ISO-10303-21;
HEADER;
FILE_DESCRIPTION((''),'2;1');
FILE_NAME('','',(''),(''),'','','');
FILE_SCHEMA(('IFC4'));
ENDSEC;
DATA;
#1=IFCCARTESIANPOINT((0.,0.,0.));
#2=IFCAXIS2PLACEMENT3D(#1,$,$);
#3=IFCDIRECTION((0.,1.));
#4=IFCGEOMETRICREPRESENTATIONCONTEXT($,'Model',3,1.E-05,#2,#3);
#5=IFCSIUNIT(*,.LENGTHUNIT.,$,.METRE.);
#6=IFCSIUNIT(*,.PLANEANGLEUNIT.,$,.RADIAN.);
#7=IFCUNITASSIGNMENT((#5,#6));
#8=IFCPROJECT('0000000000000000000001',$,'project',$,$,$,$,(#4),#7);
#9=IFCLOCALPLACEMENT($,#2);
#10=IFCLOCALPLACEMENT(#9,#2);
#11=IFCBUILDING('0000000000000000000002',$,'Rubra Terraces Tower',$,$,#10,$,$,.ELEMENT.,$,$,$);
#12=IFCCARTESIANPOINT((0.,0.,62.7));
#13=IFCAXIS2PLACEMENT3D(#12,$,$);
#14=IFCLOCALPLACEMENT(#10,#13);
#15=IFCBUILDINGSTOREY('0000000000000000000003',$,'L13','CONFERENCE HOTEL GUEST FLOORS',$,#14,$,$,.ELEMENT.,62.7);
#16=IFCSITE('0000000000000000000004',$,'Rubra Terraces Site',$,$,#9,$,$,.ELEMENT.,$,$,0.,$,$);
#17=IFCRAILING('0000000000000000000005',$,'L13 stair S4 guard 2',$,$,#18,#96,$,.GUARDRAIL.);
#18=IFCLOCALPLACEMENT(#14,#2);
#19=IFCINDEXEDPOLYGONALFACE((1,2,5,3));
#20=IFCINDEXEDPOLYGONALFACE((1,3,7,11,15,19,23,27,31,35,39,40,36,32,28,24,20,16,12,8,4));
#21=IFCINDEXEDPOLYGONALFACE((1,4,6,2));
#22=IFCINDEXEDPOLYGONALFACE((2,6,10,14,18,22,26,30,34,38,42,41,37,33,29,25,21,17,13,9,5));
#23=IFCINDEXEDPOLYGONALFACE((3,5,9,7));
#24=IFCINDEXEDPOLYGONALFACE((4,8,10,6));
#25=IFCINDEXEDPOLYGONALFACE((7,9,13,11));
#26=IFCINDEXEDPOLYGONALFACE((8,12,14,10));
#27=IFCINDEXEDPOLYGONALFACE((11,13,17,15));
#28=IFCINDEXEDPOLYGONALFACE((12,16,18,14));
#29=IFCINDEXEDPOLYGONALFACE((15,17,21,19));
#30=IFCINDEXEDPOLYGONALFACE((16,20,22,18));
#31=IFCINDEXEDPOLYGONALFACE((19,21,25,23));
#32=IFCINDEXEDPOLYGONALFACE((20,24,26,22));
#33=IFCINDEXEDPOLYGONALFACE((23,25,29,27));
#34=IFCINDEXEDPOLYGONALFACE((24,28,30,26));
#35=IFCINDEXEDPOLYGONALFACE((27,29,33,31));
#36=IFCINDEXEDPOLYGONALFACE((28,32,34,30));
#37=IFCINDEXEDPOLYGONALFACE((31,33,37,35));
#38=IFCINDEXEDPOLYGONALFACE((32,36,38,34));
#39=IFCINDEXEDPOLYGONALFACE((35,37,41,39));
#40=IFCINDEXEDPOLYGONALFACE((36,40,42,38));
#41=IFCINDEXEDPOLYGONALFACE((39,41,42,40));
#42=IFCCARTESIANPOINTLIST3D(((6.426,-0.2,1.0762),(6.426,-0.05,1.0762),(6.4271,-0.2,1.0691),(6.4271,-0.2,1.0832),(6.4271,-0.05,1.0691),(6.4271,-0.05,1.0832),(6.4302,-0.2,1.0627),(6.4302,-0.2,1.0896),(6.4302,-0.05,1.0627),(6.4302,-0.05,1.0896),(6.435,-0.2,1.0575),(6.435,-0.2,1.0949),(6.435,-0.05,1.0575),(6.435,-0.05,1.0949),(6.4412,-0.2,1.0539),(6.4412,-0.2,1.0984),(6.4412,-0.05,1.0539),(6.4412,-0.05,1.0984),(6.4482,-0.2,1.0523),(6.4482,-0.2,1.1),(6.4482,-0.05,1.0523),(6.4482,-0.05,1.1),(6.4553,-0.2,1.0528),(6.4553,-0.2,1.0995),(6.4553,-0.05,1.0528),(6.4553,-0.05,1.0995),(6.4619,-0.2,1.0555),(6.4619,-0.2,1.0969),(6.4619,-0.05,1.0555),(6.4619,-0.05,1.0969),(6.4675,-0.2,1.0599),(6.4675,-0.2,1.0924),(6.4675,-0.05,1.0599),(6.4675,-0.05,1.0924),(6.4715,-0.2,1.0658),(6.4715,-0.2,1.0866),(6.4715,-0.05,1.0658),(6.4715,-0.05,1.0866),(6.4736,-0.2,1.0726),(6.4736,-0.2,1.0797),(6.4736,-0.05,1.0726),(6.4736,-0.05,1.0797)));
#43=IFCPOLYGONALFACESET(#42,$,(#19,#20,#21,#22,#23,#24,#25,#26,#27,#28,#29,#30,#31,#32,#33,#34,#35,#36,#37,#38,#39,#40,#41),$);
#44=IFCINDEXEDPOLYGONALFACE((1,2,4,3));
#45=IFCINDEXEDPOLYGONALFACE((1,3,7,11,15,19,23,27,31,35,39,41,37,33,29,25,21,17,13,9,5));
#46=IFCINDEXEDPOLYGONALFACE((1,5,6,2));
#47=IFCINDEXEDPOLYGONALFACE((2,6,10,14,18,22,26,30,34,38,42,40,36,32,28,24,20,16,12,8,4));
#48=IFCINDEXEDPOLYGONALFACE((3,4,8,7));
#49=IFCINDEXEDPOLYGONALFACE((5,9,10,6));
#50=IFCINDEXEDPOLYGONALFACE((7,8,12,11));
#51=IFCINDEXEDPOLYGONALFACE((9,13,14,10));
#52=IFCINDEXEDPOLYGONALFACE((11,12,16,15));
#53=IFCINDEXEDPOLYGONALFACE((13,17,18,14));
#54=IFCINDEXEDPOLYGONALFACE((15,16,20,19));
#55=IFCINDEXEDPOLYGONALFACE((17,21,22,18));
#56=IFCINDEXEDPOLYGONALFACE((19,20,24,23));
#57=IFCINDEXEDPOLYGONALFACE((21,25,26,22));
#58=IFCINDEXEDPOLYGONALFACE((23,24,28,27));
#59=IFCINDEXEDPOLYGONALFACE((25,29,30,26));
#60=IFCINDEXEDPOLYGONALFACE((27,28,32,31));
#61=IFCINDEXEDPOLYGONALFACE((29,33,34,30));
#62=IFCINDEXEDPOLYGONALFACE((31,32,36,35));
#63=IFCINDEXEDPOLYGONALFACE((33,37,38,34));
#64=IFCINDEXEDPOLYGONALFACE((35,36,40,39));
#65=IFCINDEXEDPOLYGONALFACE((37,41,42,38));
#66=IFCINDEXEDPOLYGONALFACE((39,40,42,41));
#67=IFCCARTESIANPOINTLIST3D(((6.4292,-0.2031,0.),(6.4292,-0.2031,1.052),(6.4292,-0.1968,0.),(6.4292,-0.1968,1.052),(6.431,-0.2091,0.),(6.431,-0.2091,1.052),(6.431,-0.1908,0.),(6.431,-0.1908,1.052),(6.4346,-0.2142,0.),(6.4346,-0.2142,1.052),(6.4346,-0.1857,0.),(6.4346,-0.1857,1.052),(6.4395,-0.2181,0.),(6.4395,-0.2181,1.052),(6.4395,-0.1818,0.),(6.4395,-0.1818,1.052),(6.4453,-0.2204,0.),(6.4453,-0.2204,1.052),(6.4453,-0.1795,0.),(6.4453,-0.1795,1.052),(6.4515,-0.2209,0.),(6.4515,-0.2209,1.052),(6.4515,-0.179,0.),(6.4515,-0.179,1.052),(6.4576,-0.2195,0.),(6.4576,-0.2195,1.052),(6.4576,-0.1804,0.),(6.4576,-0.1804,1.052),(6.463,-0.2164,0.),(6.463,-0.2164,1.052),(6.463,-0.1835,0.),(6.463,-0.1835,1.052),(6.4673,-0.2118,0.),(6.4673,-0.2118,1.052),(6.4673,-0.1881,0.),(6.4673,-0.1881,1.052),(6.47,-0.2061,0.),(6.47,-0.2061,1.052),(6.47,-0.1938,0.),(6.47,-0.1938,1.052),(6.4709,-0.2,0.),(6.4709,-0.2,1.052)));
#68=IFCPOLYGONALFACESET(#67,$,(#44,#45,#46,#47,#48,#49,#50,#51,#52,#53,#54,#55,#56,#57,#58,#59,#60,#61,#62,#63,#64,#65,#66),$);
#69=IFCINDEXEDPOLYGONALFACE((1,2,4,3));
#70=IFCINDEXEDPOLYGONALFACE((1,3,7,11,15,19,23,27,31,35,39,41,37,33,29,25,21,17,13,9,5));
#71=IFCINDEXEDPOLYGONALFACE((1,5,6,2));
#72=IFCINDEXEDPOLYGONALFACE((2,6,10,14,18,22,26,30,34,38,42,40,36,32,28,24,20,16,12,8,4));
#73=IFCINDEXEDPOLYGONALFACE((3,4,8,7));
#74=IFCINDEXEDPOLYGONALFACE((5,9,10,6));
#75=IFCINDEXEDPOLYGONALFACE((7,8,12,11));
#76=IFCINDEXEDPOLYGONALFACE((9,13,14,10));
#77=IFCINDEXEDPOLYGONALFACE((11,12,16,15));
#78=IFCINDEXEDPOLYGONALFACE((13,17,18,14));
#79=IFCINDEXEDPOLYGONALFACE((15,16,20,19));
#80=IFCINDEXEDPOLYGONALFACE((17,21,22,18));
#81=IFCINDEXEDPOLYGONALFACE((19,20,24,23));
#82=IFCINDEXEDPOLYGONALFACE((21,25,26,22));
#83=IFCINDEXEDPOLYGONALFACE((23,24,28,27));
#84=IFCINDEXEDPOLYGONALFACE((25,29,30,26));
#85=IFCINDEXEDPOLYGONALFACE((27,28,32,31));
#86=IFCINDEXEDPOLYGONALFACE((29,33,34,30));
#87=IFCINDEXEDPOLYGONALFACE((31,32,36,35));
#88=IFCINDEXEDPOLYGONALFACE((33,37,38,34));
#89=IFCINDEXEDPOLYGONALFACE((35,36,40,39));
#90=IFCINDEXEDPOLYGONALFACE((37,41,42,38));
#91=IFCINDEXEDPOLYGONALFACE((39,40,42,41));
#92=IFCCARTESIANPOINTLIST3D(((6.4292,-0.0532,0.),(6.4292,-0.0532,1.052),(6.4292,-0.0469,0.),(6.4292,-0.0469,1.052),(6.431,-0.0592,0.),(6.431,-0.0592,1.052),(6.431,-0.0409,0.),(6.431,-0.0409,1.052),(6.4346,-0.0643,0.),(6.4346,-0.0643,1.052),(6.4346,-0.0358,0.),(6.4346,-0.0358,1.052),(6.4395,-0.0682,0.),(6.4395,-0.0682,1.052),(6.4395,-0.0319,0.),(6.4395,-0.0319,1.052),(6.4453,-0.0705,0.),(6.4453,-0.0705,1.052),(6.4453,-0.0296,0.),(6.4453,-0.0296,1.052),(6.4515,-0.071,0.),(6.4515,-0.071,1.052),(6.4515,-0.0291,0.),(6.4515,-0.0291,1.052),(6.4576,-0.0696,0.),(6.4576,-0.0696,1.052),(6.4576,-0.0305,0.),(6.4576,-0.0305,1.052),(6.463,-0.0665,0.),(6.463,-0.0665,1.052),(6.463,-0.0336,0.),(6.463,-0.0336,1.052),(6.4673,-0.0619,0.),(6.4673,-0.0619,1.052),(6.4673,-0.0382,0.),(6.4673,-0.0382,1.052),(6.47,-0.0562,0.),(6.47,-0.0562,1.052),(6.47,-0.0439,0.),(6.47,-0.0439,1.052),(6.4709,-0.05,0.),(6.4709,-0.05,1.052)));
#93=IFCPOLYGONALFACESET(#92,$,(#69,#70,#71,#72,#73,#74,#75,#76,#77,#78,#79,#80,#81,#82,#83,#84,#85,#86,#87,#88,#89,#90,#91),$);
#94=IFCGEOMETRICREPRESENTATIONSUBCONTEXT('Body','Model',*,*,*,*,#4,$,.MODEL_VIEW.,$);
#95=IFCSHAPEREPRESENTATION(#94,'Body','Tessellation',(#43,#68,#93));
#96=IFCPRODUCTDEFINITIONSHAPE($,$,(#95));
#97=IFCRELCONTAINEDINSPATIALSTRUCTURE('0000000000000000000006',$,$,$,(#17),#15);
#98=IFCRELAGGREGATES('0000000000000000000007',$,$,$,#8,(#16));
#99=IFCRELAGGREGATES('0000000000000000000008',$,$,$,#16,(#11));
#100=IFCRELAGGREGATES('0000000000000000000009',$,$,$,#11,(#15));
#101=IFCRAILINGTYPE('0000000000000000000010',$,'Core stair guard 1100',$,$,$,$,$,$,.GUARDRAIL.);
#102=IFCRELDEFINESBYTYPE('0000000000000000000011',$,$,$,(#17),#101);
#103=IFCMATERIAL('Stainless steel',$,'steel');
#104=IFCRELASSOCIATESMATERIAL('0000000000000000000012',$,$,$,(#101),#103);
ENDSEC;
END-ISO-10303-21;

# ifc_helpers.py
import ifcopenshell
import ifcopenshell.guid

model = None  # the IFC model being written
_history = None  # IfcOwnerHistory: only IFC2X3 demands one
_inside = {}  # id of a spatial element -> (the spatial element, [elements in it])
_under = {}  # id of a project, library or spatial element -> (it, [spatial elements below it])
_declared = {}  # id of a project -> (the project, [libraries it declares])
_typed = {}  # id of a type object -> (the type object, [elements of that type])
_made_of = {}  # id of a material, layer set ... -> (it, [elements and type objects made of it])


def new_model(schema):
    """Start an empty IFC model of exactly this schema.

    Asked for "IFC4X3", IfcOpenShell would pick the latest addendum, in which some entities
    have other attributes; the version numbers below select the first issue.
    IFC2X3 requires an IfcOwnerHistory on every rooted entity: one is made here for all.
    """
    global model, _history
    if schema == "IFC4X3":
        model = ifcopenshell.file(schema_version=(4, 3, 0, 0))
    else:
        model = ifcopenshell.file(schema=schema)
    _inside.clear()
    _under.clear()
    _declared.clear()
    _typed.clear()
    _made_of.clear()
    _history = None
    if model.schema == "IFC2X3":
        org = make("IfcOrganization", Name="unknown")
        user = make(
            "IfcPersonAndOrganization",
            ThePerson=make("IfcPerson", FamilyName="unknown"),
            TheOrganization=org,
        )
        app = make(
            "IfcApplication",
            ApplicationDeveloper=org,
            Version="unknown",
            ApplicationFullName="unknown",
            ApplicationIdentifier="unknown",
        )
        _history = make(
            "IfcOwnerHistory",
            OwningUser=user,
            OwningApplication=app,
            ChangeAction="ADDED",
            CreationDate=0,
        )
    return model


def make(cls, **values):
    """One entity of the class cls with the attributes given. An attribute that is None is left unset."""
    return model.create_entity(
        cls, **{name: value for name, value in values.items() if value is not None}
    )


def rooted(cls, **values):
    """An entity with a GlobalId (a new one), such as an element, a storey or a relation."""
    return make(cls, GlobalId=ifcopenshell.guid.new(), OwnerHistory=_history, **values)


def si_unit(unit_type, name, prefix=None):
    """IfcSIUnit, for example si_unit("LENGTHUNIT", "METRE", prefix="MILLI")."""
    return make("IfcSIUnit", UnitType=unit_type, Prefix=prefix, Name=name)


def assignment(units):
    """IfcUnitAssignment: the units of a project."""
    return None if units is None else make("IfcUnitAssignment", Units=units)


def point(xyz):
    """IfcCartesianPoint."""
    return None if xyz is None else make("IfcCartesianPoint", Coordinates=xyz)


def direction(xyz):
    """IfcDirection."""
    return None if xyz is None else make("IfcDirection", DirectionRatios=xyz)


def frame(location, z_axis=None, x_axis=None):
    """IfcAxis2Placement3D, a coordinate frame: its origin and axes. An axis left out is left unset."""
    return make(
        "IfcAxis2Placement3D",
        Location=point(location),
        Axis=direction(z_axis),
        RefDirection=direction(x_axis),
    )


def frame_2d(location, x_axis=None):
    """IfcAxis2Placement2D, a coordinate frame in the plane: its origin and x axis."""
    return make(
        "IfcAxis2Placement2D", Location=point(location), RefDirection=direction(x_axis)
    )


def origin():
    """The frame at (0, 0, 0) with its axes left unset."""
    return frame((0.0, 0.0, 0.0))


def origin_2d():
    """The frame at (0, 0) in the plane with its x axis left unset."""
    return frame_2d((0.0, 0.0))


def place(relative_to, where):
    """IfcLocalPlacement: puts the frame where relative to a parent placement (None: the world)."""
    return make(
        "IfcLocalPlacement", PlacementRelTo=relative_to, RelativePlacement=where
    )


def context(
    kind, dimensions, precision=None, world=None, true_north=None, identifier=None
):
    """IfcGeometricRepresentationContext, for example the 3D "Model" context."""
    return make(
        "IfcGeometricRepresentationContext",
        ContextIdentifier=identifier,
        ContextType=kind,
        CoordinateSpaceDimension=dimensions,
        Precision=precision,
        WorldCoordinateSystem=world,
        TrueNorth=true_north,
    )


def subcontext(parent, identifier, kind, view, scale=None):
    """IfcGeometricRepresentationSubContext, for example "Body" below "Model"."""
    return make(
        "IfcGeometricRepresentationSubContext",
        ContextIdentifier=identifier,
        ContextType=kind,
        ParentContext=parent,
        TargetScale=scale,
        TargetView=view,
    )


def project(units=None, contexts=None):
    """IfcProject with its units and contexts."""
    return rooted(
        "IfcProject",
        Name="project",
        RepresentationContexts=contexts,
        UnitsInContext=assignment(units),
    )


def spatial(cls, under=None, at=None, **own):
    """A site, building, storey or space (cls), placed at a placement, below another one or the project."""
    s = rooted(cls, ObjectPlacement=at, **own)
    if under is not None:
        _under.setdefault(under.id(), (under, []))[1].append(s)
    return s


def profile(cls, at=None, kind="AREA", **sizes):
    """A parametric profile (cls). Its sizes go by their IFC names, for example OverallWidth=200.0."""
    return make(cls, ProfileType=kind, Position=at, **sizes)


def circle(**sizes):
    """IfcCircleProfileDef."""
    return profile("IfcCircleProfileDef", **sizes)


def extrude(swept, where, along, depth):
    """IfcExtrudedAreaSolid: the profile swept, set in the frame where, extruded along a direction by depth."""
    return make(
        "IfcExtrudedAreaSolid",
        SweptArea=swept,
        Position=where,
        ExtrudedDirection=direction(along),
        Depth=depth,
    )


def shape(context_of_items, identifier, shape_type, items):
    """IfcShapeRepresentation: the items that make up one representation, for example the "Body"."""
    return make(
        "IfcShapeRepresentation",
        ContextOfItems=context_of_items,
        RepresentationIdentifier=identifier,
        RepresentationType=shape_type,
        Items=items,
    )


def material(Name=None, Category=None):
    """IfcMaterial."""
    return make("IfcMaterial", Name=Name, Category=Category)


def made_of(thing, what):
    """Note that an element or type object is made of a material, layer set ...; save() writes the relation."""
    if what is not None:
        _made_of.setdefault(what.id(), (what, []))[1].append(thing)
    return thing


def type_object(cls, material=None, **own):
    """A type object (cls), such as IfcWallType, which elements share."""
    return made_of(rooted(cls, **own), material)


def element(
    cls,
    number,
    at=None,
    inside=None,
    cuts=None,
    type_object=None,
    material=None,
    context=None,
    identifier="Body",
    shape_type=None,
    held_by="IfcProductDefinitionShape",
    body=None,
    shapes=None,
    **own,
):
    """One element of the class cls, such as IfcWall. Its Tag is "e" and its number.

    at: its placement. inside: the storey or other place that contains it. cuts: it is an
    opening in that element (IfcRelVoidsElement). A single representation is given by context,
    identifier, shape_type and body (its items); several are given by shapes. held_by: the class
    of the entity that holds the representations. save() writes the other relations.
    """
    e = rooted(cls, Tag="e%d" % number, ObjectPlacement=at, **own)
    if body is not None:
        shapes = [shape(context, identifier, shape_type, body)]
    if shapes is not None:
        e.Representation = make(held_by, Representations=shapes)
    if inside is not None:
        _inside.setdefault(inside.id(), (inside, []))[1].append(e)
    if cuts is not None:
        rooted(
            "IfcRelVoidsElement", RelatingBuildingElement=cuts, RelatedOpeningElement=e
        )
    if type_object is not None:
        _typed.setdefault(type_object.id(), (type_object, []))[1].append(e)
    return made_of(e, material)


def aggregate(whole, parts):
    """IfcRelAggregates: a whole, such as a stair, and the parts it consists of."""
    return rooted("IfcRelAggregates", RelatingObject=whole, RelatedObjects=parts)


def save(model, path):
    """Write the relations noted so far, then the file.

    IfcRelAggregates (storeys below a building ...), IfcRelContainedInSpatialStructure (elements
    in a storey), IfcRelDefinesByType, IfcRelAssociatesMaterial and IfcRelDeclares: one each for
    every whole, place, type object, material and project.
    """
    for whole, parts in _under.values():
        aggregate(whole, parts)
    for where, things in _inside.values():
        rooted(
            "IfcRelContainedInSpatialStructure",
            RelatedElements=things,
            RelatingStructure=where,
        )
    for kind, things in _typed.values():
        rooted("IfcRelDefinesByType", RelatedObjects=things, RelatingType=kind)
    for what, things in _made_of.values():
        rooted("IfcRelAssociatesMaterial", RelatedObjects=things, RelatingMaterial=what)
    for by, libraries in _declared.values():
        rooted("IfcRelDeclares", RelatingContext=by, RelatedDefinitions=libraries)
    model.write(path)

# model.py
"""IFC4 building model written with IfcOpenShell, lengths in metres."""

from ifc_helpers import new_model, si_unit, direction, frame, origin, origin_2d, place, context, subcontext, project, spatial, circle, extrude, material, type_object, element, save


model = new_model("IFC4")

# Units and contexts
model_context = context("Model", 3, precision=1e-05, world=origin(), true_north=direction((0.0, 1.0)))
body_context = subcontext(model_context, "Body", "Model", "MODEL_VIEW")
ifc_project = project(units=[si_unit("LENGTHUNIT", "METRE"), si_unit("PLANEANGLEUNIT", "RADIAN")], contexts=[model_context])

# Site, building, storey
site_placement = place(None, origin())
site = spatial("IfcSite", under=ifc_project, at=site_placement, Name="Rubra Terraces Site", CompositionType="ELEMENT", RefElevation=0.0)
building_placement = place(site_placement, origin())
building = spatial("IfcBuilding", under=site, at=building_placement, Name="Rubra Terraces Tower", CompositionType="ELEMENT")
storey_placement = place(building_placement, frame((0.0, 0.0, 62.7)))
storey = spatial("IfcBuildingStorey", under=building, at=storey_placement, Name="L13", Description="CONFERENCE HOTEL GUEST FLOORS", CompositionType="ELEMENT", Elevation=62.7)

# Shared definitions
ifc_material_1 = material(Name="Stainless steel", Category="steel")

# Railing
railing_type_1 = type_object("IfcRailingType", Name="Core stair guard 1100", PredefinedType="GUARDRAIL", material=ifc_material_1)
railing_1_placement = place(storey_placement, frame((6.45, -0.2, 0.0)))
element("IfcRailing", 1, at=railing_1_placement, inside=storey, type_object=railing_type_1, Name="L13 stair S4 guard 2", PredefinedType="GUARDRAIL", context=body_context, shape_type="SweptSolid", body=[
    extrude(circle(Radius=0.0239, at=origin_2d()), frame((0.0, 0.0, 1.0762), z_axis=(0.0, 1.0, 0.0), x_axis=(-1.0, 0.0, 0.0)), (0.0, 0.0, 1.0), 0.1499),
    extrude(circle(Radius=0.021, at=origin_2d()), origin(), (0.0, 0.0, 1.0), 1.052),
    extrude(circle(Radius=0.021, at=origin_2d()), frame((0.0, 0.1499, 0.0)), (0.0, 0.0, 1.0), 1.052),
])

save(model, "model.ifc")
